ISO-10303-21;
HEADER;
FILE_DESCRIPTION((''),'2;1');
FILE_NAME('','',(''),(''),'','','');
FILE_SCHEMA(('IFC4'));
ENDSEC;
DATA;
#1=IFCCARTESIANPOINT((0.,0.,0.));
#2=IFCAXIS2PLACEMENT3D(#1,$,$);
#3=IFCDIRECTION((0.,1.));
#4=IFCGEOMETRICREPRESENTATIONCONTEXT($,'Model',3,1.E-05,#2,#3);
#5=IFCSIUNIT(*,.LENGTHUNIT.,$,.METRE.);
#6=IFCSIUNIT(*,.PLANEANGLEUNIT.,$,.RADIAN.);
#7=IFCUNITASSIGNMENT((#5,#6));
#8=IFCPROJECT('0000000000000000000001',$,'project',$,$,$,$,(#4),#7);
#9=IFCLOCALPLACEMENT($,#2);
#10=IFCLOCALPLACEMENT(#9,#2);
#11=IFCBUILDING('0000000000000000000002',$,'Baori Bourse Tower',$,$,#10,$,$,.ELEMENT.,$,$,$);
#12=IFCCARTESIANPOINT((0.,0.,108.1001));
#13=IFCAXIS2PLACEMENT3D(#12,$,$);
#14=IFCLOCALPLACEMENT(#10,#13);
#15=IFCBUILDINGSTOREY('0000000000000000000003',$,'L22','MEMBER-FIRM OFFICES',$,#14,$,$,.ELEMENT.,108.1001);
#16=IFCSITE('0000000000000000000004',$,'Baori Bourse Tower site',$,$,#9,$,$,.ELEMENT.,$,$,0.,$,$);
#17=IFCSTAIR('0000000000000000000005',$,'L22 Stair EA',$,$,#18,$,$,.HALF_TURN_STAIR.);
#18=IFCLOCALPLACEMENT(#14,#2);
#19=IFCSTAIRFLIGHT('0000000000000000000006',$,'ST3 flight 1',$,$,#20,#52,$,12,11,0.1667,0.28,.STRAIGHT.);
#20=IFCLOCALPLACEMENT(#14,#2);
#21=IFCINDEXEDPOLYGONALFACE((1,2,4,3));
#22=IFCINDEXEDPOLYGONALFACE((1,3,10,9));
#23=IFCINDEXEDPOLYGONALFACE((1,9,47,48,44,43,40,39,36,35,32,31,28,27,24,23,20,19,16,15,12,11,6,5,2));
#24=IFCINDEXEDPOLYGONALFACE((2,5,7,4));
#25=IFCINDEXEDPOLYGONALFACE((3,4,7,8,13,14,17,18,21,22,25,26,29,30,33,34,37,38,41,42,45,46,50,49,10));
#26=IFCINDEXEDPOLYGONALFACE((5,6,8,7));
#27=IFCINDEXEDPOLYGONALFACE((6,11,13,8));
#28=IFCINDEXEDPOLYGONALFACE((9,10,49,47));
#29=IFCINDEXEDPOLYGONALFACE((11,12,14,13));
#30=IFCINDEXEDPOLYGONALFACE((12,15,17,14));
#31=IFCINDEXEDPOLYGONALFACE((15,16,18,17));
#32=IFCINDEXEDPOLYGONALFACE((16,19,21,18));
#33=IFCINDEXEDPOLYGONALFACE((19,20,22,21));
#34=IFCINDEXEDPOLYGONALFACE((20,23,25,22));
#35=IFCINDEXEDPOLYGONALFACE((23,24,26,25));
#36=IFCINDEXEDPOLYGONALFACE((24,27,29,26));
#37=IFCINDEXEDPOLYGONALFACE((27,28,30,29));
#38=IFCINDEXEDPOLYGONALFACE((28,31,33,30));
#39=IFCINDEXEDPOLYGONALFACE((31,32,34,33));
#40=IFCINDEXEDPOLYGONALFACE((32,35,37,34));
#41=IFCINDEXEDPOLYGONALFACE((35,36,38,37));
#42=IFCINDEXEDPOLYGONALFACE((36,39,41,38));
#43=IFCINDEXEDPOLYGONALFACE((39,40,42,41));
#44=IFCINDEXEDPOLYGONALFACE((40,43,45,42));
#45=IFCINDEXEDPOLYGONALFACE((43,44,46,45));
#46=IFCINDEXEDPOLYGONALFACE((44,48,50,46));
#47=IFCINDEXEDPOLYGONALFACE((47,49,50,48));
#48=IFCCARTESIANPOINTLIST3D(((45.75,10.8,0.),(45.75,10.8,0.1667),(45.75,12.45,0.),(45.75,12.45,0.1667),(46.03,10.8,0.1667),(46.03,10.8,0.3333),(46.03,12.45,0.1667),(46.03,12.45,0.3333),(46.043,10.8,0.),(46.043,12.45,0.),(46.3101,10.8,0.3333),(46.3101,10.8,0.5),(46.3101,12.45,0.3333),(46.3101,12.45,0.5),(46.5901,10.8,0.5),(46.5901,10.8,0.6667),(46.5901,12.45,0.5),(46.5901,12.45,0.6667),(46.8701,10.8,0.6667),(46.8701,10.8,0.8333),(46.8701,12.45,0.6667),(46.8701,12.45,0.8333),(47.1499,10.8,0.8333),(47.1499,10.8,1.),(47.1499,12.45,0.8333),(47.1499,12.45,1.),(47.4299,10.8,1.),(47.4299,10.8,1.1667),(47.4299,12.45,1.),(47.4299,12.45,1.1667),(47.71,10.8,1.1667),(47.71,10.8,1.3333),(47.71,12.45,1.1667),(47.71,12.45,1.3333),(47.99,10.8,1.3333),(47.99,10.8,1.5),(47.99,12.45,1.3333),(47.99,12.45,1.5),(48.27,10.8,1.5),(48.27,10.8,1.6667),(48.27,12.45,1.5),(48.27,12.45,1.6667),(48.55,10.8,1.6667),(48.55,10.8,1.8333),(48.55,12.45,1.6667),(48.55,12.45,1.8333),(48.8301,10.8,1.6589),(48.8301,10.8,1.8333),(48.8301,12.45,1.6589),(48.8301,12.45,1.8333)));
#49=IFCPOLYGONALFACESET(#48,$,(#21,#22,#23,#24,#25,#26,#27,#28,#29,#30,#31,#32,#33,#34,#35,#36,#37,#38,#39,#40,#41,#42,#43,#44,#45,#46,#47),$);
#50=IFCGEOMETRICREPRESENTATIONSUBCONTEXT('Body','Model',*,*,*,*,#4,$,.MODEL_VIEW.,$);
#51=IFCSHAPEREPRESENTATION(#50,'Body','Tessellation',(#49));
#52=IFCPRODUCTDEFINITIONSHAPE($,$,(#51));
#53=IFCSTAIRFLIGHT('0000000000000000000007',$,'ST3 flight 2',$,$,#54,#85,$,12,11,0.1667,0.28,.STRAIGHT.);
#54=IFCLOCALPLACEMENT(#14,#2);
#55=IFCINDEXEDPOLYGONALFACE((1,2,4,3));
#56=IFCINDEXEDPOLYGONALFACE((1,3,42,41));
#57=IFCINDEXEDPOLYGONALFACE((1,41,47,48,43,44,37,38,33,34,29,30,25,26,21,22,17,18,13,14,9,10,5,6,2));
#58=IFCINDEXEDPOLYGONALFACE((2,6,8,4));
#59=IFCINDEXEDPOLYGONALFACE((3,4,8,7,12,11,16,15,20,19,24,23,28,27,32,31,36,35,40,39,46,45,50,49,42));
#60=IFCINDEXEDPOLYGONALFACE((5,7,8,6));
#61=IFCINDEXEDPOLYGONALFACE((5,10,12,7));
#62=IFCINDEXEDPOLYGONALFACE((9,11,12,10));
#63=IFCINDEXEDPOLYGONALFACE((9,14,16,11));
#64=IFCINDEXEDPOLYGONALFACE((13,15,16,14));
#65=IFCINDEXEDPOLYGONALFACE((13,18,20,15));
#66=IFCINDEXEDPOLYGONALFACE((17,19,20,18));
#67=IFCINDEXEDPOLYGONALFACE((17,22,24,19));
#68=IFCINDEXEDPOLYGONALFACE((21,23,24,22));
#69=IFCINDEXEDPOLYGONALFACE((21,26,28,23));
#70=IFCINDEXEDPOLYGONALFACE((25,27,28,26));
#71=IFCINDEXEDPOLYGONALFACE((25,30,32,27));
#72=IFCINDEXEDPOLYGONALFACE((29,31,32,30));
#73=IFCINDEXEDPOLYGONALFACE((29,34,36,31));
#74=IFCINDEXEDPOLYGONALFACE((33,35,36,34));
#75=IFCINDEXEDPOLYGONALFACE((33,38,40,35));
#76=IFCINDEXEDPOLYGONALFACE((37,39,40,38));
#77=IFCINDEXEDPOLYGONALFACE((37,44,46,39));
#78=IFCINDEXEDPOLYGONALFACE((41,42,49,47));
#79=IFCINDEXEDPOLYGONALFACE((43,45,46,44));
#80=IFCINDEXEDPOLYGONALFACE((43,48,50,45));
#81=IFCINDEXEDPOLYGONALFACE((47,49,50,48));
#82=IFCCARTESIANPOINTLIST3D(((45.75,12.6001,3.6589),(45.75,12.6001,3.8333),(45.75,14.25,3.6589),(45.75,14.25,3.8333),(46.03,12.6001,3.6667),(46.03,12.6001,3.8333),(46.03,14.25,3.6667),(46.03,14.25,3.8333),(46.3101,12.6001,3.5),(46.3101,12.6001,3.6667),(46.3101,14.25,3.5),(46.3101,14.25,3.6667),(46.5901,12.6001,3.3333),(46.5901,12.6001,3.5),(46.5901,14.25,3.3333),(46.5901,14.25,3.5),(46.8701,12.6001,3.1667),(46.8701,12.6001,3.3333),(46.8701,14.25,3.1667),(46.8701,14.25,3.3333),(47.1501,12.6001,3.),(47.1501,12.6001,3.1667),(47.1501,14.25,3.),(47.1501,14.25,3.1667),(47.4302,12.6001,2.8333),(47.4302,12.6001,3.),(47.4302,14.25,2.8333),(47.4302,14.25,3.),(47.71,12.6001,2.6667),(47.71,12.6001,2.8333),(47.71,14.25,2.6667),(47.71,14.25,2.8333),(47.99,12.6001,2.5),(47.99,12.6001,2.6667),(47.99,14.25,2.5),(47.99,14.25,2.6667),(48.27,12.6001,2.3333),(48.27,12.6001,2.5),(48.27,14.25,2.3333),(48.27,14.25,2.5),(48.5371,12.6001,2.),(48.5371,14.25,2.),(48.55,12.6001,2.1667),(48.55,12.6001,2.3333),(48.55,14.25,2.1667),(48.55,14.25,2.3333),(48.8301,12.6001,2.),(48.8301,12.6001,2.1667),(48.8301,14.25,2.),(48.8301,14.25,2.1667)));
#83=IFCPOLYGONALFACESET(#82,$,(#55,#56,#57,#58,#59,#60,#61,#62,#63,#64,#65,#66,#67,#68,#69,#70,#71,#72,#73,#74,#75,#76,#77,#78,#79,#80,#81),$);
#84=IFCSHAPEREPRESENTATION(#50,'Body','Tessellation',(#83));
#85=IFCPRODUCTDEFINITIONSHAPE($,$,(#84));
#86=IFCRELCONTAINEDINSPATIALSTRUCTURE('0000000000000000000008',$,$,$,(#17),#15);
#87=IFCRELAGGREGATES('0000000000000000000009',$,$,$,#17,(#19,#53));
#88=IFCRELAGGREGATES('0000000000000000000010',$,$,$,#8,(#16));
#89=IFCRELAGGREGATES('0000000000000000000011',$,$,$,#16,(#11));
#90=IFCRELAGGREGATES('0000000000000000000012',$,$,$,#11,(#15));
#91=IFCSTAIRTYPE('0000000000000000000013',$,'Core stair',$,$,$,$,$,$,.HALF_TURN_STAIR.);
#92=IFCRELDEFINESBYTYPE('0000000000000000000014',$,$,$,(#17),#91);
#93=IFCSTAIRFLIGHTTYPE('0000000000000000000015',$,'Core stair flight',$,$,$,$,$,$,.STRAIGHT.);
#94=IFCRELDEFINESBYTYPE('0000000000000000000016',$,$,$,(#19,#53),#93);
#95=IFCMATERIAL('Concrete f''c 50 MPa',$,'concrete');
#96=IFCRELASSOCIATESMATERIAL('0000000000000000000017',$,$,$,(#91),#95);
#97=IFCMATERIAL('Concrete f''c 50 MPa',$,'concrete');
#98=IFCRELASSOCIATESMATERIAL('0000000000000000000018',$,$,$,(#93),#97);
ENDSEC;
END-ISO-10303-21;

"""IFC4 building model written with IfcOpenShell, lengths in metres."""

from ifc_helpers import new_model, si_unit, direction, frame, origin, place, context, subcontext, project, spatial, polyline, outline, extrude, material, type_object, element, aggregate, save


model = new_model("IFC4")

# Units and contexts
model_context = context("Model", 3, precision=1e-05, world=origin(), true_north=direction((0.0, 1.0)))
body_context = subcontext(model_context, "Body", "Model", "MODEL_VIEW")
ifc_project = project(units=[si_unit("LENGTHUNIT", "METRE"), si_unit("PLANEANGLEUNIT", "RADIAN")], contexts=[model_context])

# Site, building, storey
site_placement = place(None, origin())
site = spatial("IfcSite", under=ifc_project, at=site_placement, Name="Baori Bourse Tower site", CompositionType="ELEMENT", RefElevation=0.0)
building_placement = place(site_placement, origin())
building = spatial("IfcBuilding", under=site, at=building_placement, Name="Baori Bourse Tower", CompositionType="ELEMENT")
storey_placement = place(building_placement, frame((0.0, 0.0, 108.1001)))
storey = spatial("IfcBuildingStorey", under=building, at=storey_placement, Name="L22", Description="MEMBER-FIRM OFFICES", CompositionType="ELEMENT", Elevation=108.1001)

# Stair, stair flights
ifc_material_1 = material(Name="Concrete f'c 50 MPa", Category="concrete")
stair_type = type_object("IfcStairType", Name="Core stair", PredefinedType="HALF_TURN_STAIR", material=ifc_material_1)
stair_placement = place(storey_placement, origin())
stair = element("IfcStair", 1, at=stair_placement, inside=storey, type_object=stair_type, Name="L22 Stair EA", PredefinedType="HALF_TURN_STAIR")
ifc_material_2 = material(Name="Concrete f'c 50 MPa", Category="concrete")
stair_flight_type = type_object("IfcStairFlightType", Name="Core stair flight", PredefinedType="STRAIGHT", material=ifc_material_2)
stair_flight_1_placement = place(storey_placement, frame((45.75, 11.625, 0.0), z_axis=(0.0, 0.0, 1.0), x_axis=(1.0, 0.0, 0.0)))
stair_flight_1 = element("IfcStairFlight", 2, at=stair_flight_1_placement, type_object=stair_flight_type, Name="ST3 flight 1", NumberOfRisers=12, NumberOfTreads=11, PredefinedType="STRAIGHT", RiserHeight=0.1667, TreadLength=0.28, context=body_context, shape_type="SweptSolid", body=[
    extrude(outline(polyline([(0.0, 0.0), (0.0, 0.1667), (0.28, 0.1667), (0.28, 0.3333), (0.5601, 0.3333), (0.5601, 0.5), (0.8401, 0.5), (0.8401, 0.6667), (1.1201, 0.6667), (1.1201, 0.8333), (1.3999, 0.8333), (1.3999, 1.0), (1.6799, 1.0), (1.6799, 1.1667), (1.96, 1.1667), (1.96, 1.3333), (2.24, 1.3333), (2.24, 1.5), (2.52, 1.5), (2.52, 1.6667), (2.8, 1.6667), (2.8, 1.8333), (3.0801, 1.8333), (3.0801, 2.0), (3.0801, 1.6589), (0.293, 0.0), (0.0, 0.0)])), frame((0.0, 0.825, 0.0), z_axis=(0.0, -1.0, 0.0), x_axis=(1.0, 0.0, 0.0)), (0.0, 0.0, 1.0), 1.6499),
])
stair_flight_2_placement = place(storey_placement, frame((48.8301, 13.425, 2.0), z_axis=(0.0, 0.0, 1.0), x_axis=(-1.0, 0.0, 0.0)))
stair_flight_2 = element("IfcStairFlight", 3, at=stair_flight_2_placement, type_object=stair_flight_type, Name="ST3 flight 2", NumberOfRisers=12, NumberOfTreads=11, PredefinedType="STRAIGHT", RiserHeight=0.1667, TreadLength=0.28, context=body_context, shape_type="SweptSolid", body=[
    extrude(outline(polyline([(0.0, 0.0), (0.0, 0.1667), (0.28, 0.1667), (0.28, 0.3333), (0.5601, 0.3333), (0.5601, 0.5), (0.8401, 0.5), (0.8401, 0.6667), (1.1201, 0.6667), (1.1201, 0.8333), (1.3999, 0.8333), (1.3999, 1.0), (1.6799, 1.0), (1.6799, 1.1667), (1.96, 1.1667), (1.96, 1.3333), (2.24, 1.3333), (2.24, 1.5), (2.52, 1.5), (2.52, 1.6667), (2.8, 1.6667), (2.8, 1.8333), (3.0801, 1.8333), (3.0801, 2.0), (3.0801, 1.6589), (0.293, 0.0), (0.0, 0.0)])), frame((0.0, 0.825, 0.0), z_axis=(0.0, -1.0, 0.0), x_axis=(1.0, 0.0, 0.0)), (0.0, 0.0, 1.0), 1.6499),
])
aggregate(stair, [stair_flight_1, stair_flight_2])

save(model, "model.ifc")
